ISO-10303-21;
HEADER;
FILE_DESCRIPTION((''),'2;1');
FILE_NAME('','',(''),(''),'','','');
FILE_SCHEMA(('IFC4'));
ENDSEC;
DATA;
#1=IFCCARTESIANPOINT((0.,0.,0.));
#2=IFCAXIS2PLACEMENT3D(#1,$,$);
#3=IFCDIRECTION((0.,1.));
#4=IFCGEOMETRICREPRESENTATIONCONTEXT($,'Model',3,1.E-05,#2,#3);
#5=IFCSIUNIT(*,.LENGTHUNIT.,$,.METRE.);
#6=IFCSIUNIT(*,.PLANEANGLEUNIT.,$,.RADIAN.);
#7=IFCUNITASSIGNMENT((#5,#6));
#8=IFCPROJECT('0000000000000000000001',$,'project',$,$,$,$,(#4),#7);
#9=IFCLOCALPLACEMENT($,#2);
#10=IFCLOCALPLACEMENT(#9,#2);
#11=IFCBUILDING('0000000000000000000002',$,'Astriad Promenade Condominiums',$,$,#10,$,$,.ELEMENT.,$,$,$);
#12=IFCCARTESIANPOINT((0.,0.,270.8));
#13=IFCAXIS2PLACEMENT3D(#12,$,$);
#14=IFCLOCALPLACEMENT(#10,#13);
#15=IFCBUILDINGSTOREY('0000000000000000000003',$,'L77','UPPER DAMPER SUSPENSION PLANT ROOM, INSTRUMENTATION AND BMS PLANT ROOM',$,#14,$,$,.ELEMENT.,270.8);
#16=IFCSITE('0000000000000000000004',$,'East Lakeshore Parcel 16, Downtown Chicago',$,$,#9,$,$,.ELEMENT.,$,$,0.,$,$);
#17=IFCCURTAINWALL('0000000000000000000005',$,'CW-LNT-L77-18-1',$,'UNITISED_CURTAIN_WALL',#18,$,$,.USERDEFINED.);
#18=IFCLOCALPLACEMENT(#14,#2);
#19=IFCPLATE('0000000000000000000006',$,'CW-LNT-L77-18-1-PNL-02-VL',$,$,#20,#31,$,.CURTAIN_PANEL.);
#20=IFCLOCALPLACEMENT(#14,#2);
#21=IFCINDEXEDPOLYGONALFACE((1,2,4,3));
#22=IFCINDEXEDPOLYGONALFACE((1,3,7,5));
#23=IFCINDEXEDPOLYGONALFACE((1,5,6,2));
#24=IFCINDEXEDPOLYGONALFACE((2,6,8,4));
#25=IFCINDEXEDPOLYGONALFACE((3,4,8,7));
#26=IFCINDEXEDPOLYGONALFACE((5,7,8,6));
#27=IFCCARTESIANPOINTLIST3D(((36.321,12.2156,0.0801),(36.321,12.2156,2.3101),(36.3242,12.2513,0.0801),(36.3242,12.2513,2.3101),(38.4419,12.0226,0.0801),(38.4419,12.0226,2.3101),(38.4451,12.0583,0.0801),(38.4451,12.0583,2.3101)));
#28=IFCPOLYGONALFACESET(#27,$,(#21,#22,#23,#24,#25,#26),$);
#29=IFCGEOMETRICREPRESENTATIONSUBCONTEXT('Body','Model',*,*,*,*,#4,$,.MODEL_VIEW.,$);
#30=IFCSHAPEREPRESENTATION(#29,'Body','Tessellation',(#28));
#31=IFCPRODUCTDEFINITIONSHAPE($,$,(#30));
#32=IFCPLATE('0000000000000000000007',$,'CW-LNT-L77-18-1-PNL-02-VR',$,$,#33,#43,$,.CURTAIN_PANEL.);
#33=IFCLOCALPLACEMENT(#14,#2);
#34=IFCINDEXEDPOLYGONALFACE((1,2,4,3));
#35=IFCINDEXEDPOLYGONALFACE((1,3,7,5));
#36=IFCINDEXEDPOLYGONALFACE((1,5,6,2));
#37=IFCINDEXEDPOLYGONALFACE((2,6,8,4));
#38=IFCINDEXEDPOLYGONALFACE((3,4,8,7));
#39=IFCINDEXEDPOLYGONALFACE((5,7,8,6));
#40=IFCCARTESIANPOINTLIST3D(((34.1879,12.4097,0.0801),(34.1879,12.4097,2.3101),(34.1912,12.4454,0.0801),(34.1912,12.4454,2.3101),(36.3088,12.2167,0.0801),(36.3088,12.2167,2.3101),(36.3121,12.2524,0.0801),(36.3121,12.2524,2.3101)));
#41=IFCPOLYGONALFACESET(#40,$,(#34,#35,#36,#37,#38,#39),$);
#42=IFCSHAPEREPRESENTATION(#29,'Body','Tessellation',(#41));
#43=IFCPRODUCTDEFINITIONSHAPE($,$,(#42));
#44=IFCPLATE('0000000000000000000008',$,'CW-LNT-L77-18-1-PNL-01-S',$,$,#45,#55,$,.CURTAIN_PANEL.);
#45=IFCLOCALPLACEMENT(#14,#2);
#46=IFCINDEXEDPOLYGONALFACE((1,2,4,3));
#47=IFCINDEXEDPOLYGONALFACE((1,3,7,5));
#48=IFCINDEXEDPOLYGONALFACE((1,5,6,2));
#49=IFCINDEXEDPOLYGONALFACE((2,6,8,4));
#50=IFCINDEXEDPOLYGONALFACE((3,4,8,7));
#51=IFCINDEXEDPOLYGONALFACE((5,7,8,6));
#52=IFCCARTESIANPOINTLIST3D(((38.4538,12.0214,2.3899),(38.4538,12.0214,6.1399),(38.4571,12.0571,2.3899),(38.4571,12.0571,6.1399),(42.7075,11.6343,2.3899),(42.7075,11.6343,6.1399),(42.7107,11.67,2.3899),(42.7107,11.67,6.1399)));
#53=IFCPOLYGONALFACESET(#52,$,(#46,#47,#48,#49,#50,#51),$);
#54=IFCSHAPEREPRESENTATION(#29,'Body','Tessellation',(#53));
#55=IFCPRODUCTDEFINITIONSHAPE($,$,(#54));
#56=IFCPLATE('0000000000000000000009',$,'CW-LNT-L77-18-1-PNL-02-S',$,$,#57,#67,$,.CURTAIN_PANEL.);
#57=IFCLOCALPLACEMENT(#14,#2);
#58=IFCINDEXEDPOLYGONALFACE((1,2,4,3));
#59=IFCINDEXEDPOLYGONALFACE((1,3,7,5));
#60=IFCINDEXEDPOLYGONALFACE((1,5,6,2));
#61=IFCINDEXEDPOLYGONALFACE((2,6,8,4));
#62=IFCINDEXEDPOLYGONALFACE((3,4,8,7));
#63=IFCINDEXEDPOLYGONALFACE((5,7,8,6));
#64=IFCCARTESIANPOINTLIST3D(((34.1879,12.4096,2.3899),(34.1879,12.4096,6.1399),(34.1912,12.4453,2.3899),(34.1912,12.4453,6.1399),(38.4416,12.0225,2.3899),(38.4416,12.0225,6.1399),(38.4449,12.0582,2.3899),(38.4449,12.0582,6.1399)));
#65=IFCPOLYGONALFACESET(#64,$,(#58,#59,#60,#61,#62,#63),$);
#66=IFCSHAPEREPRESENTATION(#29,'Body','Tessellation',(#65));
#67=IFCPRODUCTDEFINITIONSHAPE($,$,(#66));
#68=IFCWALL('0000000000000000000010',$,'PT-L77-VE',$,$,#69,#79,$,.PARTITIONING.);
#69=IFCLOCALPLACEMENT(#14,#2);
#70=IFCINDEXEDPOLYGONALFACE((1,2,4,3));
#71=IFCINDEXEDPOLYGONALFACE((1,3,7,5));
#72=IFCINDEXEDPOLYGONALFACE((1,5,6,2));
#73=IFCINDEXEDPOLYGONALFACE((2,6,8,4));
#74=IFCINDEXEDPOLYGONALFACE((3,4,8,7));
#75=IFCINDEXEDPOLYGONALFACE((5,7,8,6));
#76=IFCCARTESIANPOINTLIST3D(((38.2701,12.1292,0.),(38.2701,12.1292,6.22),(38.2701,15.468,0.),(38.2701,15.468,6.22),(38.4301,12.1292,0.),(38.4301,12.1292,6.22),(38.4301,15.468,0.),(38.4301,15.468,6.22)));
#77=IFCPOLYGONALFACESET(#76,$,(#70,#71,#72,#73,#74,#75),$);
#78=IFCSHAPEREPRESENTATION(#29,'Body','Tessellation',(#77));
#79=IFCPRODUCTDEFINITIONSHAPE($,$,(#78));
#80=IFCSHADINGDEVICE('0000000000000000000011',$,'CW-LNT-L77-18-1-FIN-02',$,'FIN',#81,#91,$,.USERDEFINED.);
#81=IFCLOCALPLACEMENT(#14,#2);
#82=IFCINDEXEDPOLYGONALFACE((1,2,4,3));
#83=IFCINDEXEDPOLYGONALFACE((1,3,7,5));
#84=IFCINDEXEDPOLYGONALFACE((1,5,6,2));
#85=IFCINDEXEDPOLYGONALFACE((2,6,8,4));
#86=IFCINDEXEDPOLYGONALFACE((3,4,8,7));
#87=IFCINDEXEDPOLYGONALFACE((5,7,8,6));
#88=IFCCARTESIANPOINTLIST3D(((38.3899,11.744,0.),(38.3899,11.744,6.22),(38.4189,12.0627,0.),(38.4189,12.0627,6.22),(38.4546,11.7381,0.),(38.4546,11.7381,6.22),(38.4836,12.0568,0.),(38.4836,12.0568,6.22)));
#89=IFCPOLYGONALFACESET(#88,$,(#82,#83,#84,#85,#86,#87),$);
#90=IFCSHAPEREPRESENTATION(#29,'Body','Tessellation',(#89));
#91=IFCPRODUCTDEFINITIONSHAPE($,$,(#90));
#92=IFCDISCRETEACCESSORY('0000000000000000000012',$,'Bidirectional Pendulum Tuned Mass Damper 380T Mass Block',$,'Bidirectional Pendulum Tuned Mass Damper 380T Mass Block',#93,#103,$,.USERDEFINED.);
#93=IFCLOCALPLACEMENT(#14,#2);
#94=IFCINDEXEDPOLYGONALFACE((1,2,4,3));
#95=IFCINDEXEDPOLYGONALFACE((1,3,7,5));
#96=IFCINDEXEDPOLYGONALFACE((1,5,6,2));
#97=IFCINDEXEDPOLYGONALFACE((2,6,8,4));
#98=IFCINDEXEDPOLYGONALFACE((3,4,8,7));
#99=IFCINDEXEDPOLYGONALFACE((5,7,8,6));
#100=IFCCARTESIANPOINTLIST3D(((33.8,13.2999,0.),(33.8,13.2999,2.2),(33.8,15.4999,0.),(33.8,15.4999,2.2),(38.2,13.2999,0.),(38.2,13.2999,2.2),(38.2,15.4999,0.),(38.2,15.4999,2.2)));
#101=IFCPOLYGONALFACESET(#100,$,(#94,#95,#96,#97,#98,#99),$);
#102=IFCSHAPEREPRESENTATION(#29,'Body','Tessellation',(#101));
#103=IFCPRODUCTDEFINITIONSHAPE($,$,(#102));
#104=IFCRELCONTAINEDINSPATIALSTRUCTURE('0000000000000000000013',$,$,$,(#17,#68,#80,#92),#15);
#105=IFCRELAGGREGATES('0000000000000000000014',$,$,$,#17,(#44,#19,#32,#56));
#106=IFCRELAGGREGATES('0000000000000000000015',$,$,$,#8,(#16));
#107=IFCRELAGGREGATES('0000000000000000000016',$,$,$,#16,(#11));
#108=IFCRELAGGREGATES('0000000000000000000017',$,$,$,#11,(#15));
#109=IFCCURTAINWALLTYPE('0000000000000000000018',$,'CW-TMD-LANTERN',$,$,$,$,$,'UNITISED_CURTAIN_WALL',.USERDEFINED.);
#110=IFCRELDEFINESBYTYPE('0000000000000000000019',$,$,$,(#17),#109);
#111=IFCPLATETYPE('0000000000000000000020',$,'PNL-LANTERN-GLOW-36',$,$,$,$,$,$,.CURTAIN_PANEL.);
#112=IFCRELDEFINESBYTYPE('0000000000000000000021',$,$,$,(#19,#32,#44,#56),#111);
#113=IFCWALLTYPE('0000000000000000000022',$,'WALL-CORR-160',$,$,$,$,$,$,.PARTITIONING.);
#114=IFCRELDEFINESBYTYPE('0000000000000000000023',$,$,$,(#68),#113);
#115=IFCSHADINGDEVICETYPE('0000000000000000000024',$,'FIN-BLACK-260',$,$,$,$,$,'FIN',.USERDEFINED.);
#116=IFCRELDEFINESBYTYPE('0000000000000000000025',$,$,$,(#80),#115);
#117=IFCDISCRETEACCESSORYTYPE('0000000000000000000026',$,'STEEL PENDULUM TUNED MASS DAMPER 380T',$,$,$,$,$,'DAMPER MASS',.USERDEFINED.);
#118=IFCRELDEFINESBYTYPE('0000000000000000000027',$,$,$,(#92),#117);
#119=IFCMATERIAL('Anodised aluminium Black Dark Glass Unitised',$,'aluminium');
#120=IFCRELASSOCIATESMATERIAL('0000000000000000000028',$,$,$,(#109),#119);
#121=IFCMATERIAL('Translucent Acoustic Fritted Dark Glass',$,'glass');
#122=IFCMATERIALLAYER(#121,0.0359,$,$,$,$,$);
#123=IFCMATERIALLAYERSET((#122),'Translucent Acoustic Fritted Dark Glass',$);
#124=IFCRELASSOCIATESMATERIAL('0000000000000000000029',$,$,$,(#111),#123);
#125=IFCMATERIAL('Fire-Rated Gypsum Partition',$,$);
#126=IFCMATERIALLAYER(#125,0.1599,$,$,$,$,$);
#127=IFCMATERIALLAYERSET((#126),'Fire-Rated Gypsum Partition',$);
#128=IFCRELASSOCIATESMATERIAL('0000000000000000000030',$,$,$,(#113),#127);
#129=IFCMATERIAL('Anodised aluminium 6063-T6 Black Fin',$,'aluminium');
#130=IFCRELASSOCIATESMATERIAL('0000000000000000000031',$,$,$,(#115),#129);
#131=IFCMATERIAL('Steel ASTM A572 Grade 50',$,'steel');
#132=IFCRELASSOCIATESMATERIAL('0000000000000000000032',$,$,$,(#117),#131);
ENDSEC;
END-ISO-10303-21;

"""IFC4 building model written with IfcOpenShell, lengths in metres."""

from ifc_helpers import new_model, si_unit, direction, frame, frame_2d, origin, origin_2d, place, context, subcontext, project, spatial, rectangle, extrude, source, transform, mapped, material, layer, layer_set, type_object, type_shapes, element, aggregate, save


model = new_model("IFC4")

# Units and contexts
model_context = context("Model", 3, precision=1e-05, world=origin(), true_north=direction((0.0, 1.0)))
body_context = subcontext(model_context, "Body", "Model", "MODEL_VIEW")
ifc_project = project(units=[si_unit("LENGTHUNIT", "METRE"), si_unit("PLANEANGLEUNIT", "RADIAN")], contexts=[model_context])

# Site, building, storey
site_placement = place(None, origin())
site = spatial("IfcSite", under=ifc_project, at=site_placement, Name="East Lakeshore Parcel 16, Downtown Chicago", CompositionType="ELEMENT", RefElevation=0.0)
building_placement = place(site_placement, origin())
building = spatial("IfcBuilding", under=site, at=building_placement, Name="Astriad Promenade Condominiums", CompositionType="ELEMENT")
storey_placement = place(building_placement, frame((0.0, 0.0, 270.8)))
storey = spatial("IfcBuildingStorey", under=building, at=storey_placement, Name="L77", Description="UPPER DAMPER SUSPENSION PLANT ROOM, INSTRUMENTATION AND BMS PLANT ROOM", CompositionType="ELEMENT", Elevation=270.8)

# Curtain wall
ifc_material_1 = material(Name="Anodised aluminium Black Dark Glass Unitised", Category="aluminium")
curtain_wall_type = type_object("IfcCurtainWallType", Name="CW-TMD-LANTERN", ElementType="UNITISED_CURTAIN_WALL", PredefinedType="USERDEFINED", material=ifc_material_1)
curtain_wall_placement = place(storey_placement, origin())
curtain_wall = element("IfcCurtainWall", 1, at=curtain_wall_placement, inside=storey, type_object=curtain_wall_type, Name="CW-LNT-L77-18-1", ObjectType="UNITISED_CURTAIN_WALL", PredefinedType="USERDEFINED")

# Shared definitions
ifc_material_2 = material(Name="Steel ASTM A572 Grade 50", Category="steel")

# Plates
ifc_material_3 = material(Name="Translucent Acoustic Fritted Dark Glass", Category="glass")
ifc_layer_1 = layer(ifc_material_3, 0.0359)
ifc_layer_set_1 = layer_set([ifc_layer_1], Name="Translucent Acoustic Fritted Dark Glass")
plate_type_1 = type_object("IfcPlateType", Name="PNL-LANTERN-GLOW-36", PredefinedType="CURTAIN_PANEL", material=ifc_layer_set_1)
shared_shape_1 = source(origin(), body_context, "Body", "SweptSolid", [
    extrude(rectangle(XDim=2.1296, YDim=0.0359, at=origin_2d()), origin(), (0.0, 0.0, 1.0), 2.23),
])
plate_1_placement = place(storey_placement, frame((37.3831, 12.137, 0.0801), z_axis=(0.0, 0.0, 1.0), x_axis=(-0.995884, 0.090633, 0.0)))
plate_1 = element("IfcPlate", 2, at=plate_1_placement, type_object=plate_type_1, Name="CW-LNT-L77-18-1-PNL-02-VL", PredefinedType="CURTAIN_PANEL", context=body_context, shape_type="MappedRepresentation", body=[
    mapped(shared_shape_1, transform((0.0, 0.0, 0.0), scale=1.0)),
])
plate_2_placement = place(storey_placement, frame((35.25, 12.3311, 0.0801), z_axis=(0.0, 0.0, 1.0), x_axis=(-0.995884, 0.090633, 0.0)))
plate_2 = element("IfcPlate", 3, at=plate_2_placement, type_object=plate_type_1, Name="CW-LNT-L77-18-1-PNL-02-VR", PredefinedType="CURTAIN_PANEL", context=body_context, shape_type="MappedRepresentation", body=[
    mapped(shared_shape_1, transform((0.0, 0.0, 0.0), scale=1.0)),
])
shared_shape_2 = source(origin(), body_context, "Body", "SweptSolid", [
    extrude(rectangle(XDim=4.2712, YDim=0.0359, at=origin_2d()), origin(), (0.0, 0.0, 1.0), 3.75),
])
type_shapes(plate_type_1, [shared_shape_1, shared_shape_2])
plate_3_placement = place(storey_placement, frame((40.5823, 11.8457, 2.3899), z_axis=(0.0, 0.0, 1.0), x_axis=(-0.995884, 0.090633, 0.0)))
plate_3 = element("IfcPlate", 4, at=plate_3_placement, type_object=plate_type_1, Name="CW-LNT-L77-18-1-PNL-01-S", PredefinedType="CURTAIN_PANEL", context=body_context, shape_type="MappedRepresentation", body=[
    mapped(shared_shape_2, transform((0.0, 0.0, 0.0), scale=1.0)),
])
plate_4_placement = place(storey_placement, frame((36.3164, 12.2339, 2.3899), z_axis=(0.0, 0.0, 1.0), x_axis=(-0.995884, 0.090633, 0.0)))
plate_4 = element("IfcPlate", 5, at=plate_4_placement, type_object=plate_type_1, Name="CW-LNT-L77-18-1-PNL-02-S", PredefinedType="CURTAIN_PANEL", context=body_context, shape_type="MappedRepresentation", body=[
    mapped(shared_shape_2, transform((0.0, 0.0, 0.0), scale=1.0)),
])
aggregate(curtain_wall, [plate_3, plate_1, plate_2, plate_4])

# Wall
ifc_material_4 = material(Name="Fire-Rated Gypsum Partition")
ifc_layer_2 = layer(ifc_material_4, 0.1599)
ifc_layer_set_2 = layer_set([ifc_layer_2], Name="Fire-Rated Gypsum Partition")
wall_type = type_object("IfcWallType", Name="WALL-CORR-160", PredefinedType="PARTITIONING", material=ifc_layer_set_2)
wall_placement = place(storey_placement, frame((38.3501, 12.1292, 0.0), z_axis=(0.0, 0.0, 1.0), x_axis=(0.0, 1.0, 0.0)))
element("IfcWall", 6, at=wall_placement, inside=storey, type_object=wall_type, Name="PT-L77-VE", PredefinedType="PARTITIONING", context=body_context, shape_type="SweptSolid", body=[
    extrude(rectangle(XDim=3.3389, YDim=0.1599, at=frame_2d((1.6694, 0.0))), origin(), (0.0, 0.0, 1.0), 6.22),
])

# Shading device
ifc_material_5 = material(Name="Anodised aluminium 6063-T6 Black Fin", Category="aluminium")
shading_device_type = type_object("IfcShadingDeviceType", Name="FIN-BLACK-260", ElementType="FIN", PredefinedType="USERDEFINED", material=ifc_material_5)
shared_shape_3 = source(origin(), body_context, "Body", "SweptSolid", [
    extrude(rectangle(XDim=0.0649, YDim=0.3201, at=origin_2d()), origin(), (0.0, 0.0, 1.0), 6.22),
])
type_shapes(shading_device_type, [shared_shape_3])
shading_device_placement = place(storey_placement, frame((38.4368, 11.9004, 0.0), z_axis=(0.0, 0.0, 1.0), x_axis=(-0.995884, 0.090633, 0.0)))
element("IfcShadingDevice", 7, at=shading_device_placement, inside=storey, type_object=shading_device_type, Name="CW-LNT-L77-18-1-FIN-02", ObjectType="FIN", PredefinedType="USERDEFINED", context=body_context, shape_type="MappedRepresentation", body=[
    mapped(shared_shape_3, transform((0.0, 0.0, 0.0), scale=1.0)),
])

# Discrete accessory
discrete_accessory_type = type_object("IfcDiscreteAccessoryType", Name="STEEL PENDULUM TUNED MASS DAMPER 380T", ElementType="DAMPER MASS", PredefinedType="USERDEFINED", material=ifc_material_2)
shared_shape_4 = source(origin(), body_context, "Body", "SweptSolid", [
    extrude(rectangle(XDim=4.3999, YDim=2.2, at=origin_2d()), origin(), (0.0, 0.0, 1.0), 2.2),
])
type_shapes(discrete_accessory_type, [shared_shape_4])
discrete_accessory_placement = place(storey_placement, frame((36.0, 14.3999, 0.0), z_axis=(0.0, 0.0, 1.0), x_axis=(1.0, 0.0, 0.0)))
element("IfcDiscreteAccessory", 8, at=discrete_accessory_placement, inside=storey, type_object=discrete_accessory_type, Name="Bidirectional Pendulum Tuned Mass Damper 380T Mass Block", ObjectType="Bidirectional Pendulum Tuned Mass Damper 380T Mass Block", PredefinedType="USERDEFINED", context=body_context, shape_type="MappedRepresentation", body=[
    mapped(shared_shape_4, transform((0.0, 0.0, 0.0), scale=1.0)),
])

save(model, "model.ifc")
